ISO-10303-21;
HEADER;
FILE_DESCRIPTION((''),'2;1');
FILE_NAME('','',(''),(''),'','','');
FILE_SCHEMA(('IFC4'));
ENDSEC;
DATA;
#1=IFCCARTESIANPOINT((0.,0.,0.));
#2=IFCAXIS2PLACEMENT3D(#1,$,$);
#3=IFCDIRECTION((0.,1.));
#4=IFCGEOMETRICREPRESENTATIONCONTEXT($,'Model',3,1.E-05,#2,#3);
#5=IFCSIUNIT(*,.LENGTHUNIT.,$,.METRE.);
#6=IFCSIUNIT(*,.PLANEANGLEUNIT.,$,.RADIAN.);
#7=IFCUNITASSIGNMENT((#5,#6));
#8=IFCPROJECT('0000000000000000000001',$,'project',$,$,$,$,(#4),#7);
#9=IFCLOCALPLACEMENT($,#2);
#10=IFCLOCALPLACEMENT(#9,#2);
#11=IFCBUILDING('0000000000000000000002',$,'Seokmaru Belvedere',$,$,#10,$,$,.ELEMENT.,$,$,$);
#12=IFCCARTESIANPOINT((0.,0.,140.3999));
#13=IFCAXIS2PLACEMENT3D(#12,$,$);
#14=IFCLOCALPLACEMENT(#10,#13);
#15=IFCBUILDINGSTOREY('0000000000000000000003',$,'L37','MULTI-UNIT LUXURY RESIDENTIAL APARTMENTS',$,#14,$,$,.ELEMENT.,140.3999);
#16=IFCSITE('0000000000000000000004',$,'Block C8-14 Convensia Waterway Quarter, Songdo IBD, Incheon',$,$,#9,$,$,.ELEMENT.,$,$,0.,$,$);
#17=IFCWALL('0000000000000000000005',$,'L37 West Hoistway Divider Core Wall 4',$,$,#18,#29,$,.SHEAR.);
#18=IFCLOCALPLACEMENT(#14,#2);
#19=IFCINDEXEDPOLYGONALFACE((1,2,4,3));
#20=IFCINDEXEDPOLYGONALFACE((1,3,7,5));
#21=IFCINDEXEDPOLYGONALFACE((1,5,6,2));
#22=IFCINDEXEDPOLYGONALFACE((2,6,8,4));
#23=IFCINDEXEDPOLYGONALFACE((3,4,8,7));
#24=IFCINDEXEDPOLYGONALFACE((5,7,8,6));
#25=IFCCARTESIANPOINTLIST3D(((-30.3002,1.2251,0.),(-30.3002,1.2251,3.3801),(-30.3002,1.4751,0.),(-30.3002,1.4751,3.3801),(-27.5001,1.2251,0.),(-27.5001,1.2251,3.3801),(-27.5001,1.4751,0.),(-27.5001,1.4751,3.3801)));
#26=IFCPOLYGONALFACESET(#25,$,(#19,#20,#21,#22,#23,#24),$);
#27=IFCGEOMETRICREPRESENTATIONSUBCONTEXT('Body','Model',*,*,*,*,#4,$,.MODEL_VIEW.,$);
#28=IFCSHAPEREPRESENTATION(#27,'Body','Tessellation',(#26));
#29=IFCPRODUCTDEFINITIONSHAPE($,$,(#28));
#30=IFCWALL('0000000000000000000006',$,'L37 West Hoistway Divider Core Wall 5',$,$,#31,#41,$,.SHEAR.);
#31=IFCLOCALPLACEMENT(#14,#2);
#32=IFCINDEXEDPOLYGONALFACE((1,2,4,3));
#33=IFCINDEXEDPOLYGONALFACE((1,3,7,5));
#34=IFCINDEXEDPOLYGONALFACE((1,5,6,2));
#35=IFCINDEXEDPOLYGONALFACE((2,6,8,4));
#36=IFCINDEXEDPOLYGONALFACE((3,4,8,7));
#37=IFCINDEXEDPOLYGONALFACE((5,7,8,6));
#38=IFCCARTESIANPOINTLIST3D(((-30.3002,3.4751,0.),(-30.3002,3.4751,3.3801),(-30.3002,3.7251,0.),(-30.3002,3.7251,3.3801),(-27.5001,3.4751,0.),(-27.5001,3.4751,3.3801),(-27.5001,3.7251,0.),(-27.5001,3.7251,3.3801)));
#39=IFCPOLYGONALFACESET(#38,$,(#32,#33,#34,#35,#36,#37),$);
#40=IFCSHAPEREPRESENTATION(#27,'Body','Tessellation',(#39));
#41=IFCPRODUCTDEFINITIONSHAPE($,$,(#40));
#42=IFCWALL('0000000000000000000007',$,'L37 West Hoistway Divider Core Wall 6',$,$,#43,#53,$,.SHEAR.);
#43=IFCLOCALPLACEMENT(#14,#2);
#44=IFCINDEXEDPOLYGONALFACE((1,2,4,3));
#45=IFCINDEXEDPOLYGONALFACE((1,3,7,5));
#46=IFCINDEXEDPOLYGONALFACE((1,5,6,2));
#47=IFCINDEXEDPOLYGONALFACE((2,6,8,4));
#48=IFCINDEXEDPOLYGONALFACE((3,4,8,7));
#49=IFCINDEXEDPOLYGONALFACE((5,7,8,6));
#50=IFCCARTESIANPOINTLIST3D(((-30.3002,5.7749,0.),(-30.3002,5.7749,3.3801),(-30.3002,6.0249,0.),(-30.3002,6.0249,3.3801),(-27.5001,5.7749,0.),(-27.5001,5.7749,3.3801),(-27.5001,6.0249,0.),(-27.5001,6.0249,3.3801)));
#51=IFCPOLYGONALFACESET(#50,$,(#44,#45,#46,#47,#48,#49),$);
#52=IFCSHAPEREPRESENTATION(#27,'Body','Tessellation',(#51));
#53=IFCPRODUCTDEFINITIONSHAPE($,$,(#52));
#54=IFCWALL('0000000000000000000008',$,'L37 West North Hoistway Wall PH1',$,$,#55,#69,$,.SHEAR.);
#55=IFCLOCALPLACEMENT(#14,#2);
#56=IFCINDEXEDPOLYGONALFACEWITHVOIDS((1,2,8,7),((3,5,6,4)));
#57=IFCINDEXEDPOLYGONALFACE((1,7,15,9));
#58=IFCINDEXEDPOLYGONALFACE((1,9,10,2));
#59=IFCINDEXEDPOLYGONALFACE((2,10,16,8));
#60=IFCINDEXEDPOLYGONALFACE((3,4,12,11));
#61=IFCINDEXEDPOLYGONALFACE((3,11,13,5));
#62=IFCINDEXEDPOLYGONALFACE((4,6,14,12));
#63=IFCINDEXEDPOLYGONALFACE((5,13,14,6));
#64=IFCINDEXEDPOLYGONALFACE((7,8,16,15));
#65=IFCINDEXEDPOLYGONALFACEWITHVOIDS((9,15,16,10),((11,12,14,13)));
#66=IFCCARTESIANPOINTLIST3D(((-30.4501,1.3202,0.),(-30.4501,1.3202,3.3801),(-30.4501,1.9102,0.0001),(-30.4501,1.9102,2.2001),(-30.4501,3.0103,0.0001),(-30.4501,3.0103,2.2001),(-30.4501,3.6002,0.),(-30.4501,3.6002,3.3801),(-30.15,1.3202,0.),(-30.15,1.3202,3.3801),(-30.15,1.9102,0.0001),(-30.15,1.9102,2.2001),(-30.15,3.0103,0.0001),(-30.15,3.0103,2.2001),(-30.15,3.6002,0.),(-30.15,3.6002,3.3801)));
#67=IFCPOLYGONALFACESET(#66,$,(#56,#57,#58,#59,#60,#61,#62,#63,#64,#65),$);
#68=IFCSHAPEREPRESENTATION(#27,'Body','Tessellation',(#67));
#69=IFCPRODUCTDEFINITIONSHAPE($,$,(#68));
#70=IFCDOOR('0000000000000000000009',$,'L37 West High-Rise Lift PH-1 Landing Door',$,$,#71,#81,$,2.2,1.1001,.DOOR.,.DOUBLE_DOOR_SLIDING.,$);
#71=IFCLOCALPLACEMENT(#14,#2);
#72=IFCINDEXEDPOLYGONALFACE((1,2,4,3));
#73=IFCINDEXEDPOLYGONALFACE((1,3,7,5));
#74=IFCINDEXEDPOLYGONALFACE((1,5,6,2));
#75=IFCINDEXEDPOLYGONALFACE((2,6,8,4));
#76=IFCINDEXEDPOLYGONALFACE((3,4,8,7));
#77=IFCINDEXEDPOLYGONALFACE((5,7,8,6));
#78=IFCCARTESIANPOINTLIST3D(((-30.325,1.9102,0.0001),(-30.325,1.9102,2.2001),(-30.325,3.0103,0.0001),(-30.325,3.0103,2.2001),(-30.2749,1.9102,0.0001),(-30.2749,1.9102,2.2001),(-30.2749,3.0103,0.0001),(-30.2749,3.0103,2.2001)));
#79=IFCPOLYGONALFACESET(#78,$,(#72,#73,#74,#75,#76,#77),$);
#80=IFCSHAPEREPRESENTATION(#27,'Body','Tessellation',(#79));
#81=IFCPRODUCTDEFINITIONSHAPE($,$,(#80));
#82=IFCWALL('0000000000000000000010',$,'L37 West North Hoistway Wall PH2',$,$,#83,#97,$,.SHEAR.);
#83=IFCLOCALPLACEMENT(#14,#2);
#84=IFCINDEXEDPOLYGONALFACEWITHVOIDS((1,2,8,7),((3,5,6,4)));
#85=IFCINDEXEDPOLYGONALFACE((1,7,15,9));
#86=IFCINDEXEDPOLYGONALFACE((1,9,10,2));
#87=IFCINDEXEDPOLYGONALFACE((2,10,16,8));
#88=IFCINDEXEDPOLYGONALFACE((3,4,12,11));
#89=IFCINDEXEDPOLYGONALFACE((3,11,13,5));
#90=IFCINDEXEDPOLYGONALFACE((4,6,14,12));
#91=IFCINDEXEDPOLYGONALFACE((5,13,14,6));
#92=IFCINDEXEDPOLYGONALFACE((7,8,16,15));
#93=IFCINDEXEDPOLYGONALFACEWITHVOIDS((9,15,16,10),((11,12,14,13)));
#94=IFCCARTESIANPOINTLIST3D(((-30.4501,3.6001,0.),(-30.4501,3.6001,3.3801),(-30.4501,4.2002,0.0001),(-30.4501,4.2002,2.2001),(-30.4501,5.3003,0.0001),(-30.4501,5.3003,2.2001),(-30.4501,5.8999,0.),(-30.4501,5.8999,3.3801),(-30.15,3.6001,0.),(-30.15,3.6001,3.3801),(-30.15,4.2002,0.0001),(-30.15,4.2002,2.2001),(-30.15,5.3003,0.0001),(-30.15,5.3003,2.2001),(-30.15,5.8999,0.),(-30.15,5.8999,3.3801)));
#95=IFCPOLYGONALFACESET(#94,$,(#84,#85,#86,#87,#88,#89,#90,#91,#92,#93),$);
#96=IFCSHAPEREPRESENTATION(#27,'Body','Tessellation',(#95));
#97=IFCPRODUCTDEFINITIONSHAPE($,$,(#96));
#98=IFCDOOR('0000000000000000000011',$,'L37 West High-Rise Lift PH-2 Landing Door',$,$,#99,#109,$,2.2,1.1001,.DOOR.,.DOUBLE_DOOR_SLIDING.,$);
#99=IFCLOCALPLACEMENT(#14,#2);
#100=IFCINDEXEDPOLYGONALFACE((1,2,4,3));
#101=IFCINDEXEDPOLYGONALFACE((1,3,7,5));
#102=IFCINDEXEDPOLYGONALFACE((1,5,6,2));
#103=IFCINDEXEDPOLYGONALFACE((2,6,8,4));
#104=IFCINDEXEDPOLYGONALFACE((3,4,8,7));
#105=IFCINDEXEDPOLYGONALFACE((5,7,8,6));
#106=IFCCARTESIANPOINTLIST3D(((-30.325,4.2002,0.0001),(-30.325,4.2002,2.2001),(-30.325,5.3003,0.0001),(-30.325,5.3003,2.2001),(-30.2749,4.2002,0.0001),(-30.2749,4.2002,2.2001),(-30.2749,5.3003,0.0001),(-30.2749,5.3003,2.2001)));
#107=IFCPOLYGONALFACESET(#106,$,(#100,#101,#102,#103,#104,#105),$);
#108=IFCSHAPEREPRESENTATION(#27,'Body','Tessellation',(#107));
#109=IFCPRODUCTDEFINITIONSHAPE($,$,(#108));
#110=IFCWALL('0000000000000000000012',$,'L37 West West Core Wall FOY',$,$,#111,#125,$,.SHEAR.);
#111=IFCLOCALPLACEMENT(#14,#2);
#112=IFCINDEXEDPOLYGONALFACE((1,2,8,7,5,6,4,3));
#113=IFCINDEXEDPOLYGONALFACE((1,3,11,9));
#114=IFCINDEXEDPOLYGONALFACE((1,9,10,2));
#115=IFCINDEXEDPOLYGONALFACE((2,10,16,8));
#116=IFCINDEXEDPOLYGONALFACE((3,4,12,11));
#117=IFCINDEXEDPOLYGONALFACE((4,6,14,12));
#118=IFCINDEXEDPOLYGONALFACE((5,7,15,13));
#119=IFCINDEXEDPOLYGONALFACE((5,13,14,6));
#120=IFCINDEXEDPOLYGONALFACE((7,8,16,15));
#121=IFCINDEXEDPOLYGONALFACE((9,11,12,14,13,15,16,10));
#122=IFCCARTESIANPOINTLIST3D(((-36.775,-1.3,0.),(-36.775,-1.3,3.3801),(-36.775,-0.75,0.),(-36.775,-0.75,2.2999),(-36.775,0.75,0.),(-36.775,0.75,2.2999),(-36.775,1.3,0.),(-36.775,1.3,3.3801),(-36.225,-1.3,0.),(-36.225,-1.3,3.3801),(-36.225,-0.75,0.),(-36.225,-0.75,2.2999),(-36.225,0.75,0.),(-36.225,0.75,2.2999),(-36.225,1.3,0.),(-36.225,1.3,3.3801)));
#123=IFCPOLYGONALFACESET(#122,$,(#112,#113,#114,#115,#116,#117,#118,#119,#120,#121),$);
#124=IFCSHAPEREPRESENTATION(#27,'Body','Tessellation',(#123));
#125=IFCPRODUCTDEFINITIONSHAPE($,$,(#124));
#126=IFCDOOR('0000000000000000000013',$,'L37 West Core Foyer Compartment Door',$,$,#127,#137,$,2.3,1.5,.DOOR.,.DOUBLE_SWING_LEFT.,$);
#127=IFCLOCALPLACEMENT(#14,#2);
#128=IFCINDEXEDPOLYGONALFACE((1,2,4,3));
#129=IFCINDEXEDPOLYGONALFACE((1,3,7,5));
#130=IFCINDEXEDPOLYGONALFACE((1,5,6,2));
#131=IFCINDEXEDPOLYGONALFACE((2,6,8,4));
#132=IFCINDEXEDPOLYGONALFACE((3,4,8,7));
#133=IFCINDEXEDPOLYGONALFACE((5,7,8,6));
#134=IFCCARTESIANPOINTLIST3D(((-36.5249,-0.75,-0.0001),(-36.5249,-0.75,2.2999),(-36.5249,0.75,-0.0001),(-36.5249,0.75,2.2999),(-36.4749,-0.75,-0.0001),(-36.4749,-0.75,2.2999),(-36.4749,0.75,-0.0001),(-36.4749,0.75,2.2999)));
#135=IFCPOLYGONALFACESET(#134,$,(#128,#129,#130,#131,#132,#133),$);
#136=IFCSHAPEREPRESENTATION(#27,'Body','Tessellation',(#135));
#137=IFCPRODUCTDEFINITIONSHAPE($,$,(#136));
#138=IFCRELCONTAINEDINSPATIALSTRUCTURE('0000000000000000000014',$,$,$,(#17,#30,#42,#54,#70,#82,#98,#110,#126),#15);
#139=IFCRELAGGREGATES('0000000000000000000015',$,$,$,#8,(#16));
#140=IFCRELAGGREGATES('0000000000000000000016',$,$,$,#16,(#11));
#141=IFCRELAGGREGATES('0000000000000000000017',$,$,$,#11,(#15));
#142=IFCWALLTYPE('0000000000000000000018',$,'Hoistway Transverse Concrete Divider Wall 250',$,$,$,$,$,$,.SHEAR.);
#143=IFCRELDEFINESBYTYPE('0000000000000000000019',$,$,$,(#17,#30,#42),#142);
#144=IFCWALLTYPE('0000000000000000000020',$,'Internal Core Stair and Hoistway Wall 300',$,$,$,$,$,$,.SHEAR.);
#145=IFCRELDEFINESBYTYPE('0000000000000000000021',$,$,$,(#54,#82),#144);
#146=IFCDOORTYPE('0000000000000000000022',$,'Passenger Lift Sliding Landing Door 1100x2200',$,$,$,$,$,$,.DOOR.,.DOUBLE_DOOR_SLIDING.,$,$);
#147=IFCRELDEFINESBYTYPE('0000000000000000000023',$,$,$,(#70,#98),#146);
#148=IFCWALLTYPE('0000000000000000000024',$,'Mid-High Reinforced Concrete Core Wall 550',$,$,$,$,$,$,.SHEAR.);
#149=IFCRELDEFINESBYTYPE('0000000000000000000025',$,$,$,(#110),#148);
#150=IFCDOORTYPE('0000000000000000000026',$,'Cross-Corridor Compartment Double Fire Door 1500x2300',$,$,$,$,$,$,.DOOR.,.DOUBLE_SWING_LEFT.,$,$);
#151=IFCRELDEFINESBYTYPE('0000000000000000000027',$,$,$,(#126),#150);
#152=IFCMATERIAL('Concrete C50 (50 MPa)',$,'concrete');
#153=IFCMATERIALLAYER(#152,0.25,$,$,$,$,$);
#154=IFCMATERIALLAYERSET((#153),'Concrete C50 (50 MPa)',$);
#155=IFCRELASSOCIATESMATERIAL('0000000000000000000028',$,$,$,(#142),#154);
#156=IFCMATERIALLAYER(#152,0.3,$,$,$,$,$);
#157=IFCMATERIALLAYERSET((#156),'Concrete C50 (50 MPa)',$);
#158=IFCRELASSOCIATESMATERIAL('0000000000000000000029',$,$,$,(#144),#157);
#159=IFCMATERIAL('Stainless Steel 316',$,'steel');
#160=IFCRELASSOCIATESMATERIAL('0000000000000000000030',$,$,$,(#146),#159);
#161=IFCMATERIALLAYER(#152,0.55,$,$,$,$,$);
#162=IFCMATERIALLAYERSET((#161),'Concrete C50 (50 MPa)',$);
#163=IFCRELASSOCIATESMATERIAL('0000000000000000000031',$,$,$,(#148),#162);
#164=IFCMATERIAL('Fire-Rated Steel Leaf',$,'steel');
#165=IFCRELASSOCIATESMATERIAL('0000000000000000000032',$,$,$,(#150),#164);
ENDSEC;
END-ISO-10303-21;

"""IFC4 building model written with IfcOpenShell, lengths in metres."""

from ifc_helpers import new_model, si_unit, direction, frame, frame_2d, origin, place, context, subcontext, project, spatial, rectangle, extrude, source, transform, mapped, material, layer, layer_set, type_object, type_shapes, element, fill, save


model = new_model("IFC4")

# Units and contexts
model_context = context("Model", 3, precision=1e-05, world=origin(), true_north=direction((0.0, 1.0)))
body_context = subcontext(model_context, "Body", "Model", "MODEL_VIEW")
ifc_project = project(units=[si_unit("LENGTHUNIT", "METRE"), si_unit("PLANEANGLEUNIT", "RADIAN")], contexts=[model_context])

# Site, building, storey
site_placement = place(None, origin())
site = spatial("IfcSite", under=ifc_project, at=site_placement, Name="Block C8-14 Convensia Waterway Quarter, Songdo IBD, Incheon", CompositionType="ELEMENT", RefElevation=0.0)
building_placement = place(site_placement, origin())
building = spatial("IfcBuilding", under=site, at=building_placement, Name="Seokmaru Belvedere", CompositionType="ELEMENT")
storey_placement = place(building_placement, frame((0.0, 0.0, 140.3999)))
storey = spatial("IfcBuildingStorey", under=building, at=storey_placement, Name="L37", Description="MULTI-UNIT LUXURY RESIDENTIAL APARTMENTS", CompositionType="ELEMENT", Elevation=140.3999)

# Shared definitions
ifc_material_1 = material(Name="Fire-Rated Steel Leaf", Category="steel")

# Walls
ifc_material_2 = material(Name="Concrete C50 (50 MPa)", Category="concrete")
ifc_layer_1 = layer(ifc_material_2, 0.25)
ifc_layer_set_1 = layer_set([ifc_layer_1], Name="Concrete C50 (50 MPa)")
wall_type_1 = type_object("IfcWallType", Name="Hoistway Transverse Concrete Divider Wall 250", PredefinedType="SHEAR", material=ifc_layer_set_1)
for number, where, z_axis, x_axis, name in (
    (1, (-30.3, 1.3501, 0.0), (0.0, 0.0, 1.0), (1.0, 0.0, 0.0), "L37 West Hoistway Divider Core Wall 4"),
    (2, (-30.3, 3.6001, 0.0), (0.0, 0.0, 1.0), (1.0, 0.0, 0.0), "L37 West Hoistway Divider Core Wall 5"),
    (3, (-30.3, 5.8999, 0.0), (0.0, 0.0, 1.0), (1.0, 0.0, 0.0), "L37 West Hoistway Divider Core Wall 6"),
):
    element("IfcWall", number, at=place(storey_placement, frame(where, z_axis=z_axis, x_axis=x_axis)), inside=storey, type_object=wall_type_1, Name=name, PredefinedType="SHEAR", context=body_context, shape_type="SweptSolid", body=[
        extrude(rectangle(XDim=2.8, YDim=0.25, at=frame_2d((1.3999, 0.0))), origin(), (0.0, 0.0, 1.0), 3.3801),
    ])

# Walls, openings, doors
ifc_layer_2 = layer(ifc_material_2, 0.3)
ifc_layer_set_2 = layer_set([ifc_layer_2], Name="Concrete C50 (50 MPa)")
wall_type_2 = type_object("IfcWallType", Name="Internal Core Stair and Hoistway Wall 300", PredefinedType="SHEAR", material=ifc_layer_set_2)
wall_1_placement = place(storey_placement, frame((-30.3, 1.3201, 0.0), z_axis=(0.0, 0.0, 1.0), x_axis=(0.0, 1.0, 0.0)))
wall_1 = element("IfcWall", 4, at=wall_1_placement, inside=storey, type_object=wall_type_2, Name="L37 West North Hoistway Wall PH1", PredefinedType="SHEAR", context=body_context, shape_type="SweptSolid", body=[
    extrude(rectangle(XDim=2.28, YDim=0.3, at=frame_2d((1.1401, 0.0))), origin(), (0.0, 0.0, 1.0), 3.3801),
])
opening_1_placement = place(wall_1_placement, frame((0.5901, 0.0, 0.0)))
opening_1 = element("IfcOpeningElement", 5, at=opening_1_placement, cuts=wall_1, PredefinedType="OPENING", context=body_context, shape_type="SweptSolid", body=[
    extrude(rectangle(XDim=1.1001, YDim=2.2, at=frame_2d((0.55, 1.1001))), frame((0.0, 0.1602, 0.0), z_axis=(0.0, -1.0, 0.0), x_axis=(1.0, 0.0, 0.0)), (0.0, 0.0, 1.0), 0.3201),
])
ifc_material_3 = material(Name="Stainless Steel 316", Category="steel")
door_type_1 = type_object("IfcDoorType", Name="Passenger Lift Sliding Landing Door 1100x2200", OperationType="DOUBLE_DOOR_SLIDING", PredefinedType="DOOR", material=ifc_material_3)
shared_shape_1 = source(origin(), body_context, "Body", "SweptSolid", [
    extrude(rectangle(XDim=1.1001, YDim=2.2, at=frame_2d((0.55, 1.1001))), frame((0.0, 0.0249, 0.0), z_axis=(0.0, -1.0, 0.0), x_axis=(1.0, 0.0, 0.0)), (0.0, 0.0, 1.0), 0.05),
])
type_shapes(door_type_1, [shared_shape_1])
door_1_placement = place(opening_1_placement, origin())
door_1 = element("IfcDoor", 6, at=door_1_placement, inside=storey, type_object=door_type_1, Name="L37 West High-Rise Lift PH-1 Landing Door", OperationType="DOUBLE_DOOR_SLIDING", OverallHeight=2.2, OverallWidth=1.1001, PredefinedType="DOOR", context=body_context, shape_type="MappedRepresentation", body=[
    mapped(shared_shape_1, transform((0.0, 0.0, 0.0), scale=1.0)),
])
fill(opening_1, door_1)
wall_2_placement = place(storey_placement, frame((-30.3, 3.6001, 0.0), z_axis=(0.0, 0.0, 1.0), x_axis=(0.0, 1.0, 0.0)))
wall_2 = element("IfcWall", 7, at=wall_2_placement, inside=storey, type_object=wall_type_2, Name="L37 West North Hoistway Wall PH2", PredefinedType="SHEAR", context=body_context, shape_type="SweptSolid", body=[
    extrude(rectangle(XDim=2.2998, YDim=0.3, at=frame_2d((1.1499, 0.0))), origin(), (0.0, 0.0, 1.0), 3.3801),
])
opening_2_placement = place(wall_2_placement, frame((0.6001, 0.0, 0.0)))
opening_2 = element("IfcOpeningElement", 8, at=opening_2_placement, cuts=wall_2, PredefinedType="OPENING", context=body_context, shape_type="SweptSolid", body=[
    extrude(rectangle(XDim=1.1001, YDim=2.2, at=frame_2d((0.55, 1.1001))), frame((0.0, 0.1602, 0.0), z_axis=(0.0, -1.0, 0.0), x_axis=(1.0, 0.0, 0.0)), (0.0, 0.0, 1.0), 0.3201),
])
door_2_placement = place(opening_2_placement, origin())
door_2 = element("IfcDoor", 9, at=door_2_placement, inside=storey, type_object=door_type_1, Name="L37 West High-Rise Lift PH-2 Landing Door", OperationType="DOUBLE_DOOR_SLIDING", OverallHeight=2.2, OverallWidth=1.1001, PredefinedType="DOOR", context=body_context, shape_type="MappedRepresentation", body=[
    mapped(shared_shape_1, transform((0.0, 0.0, 0.0), scale=1.0)),
])
fill(opening_2, door_2)
ifc_layer_3 = layer(ifc_material_2, 0.55)
ifc_layer_set_3 = layer_set([ifc_layer_3], Name="Concrete C50 (50 MPa)")
wall_type_3 = type_object("IfcWallType", Name="Mid-High Reinforced Concrete Core Wall 550", PredefinedType="SHEAR", material=ifc_layer_set_3)
wall_3_placement = place(storey_placement, frame((-36.5, -1.3, 0.0), z_axis=(0.0, 0.0, 1.0), x_axis=(0.0, 1.0, 0.0)))
wall_3 = element("IfcWall", 10, at=wall_3_placement, inside=storey, type_object=wall_type_3, Name="L37 West West Core Wall FOY", PredefinedType="SHEAR", context=body_context, shape_type="SweptSolid", body=[
    extrude(rectangle(XDim=2.6001, YDim=0.55, at=frame_2d((1.3, 0.0))), origin(), (0.0, 0.0, 1.0), 3.3801),
])
opening_3_placement = place(wall_3_placement, frame((0.55, 0.0, 0.0)))
opening_3 = element("IfcOpeningElement", 11, at=opening_3_placement, cuts=wall_3, PredefinedType="OPENING", context=body_context, shape_type="SweptSolid", body=[
    extrude(rectangle(XDim=1.5, YDim=2.3, at=frame_2d((0.75, 1.1499))), frame((0.0, 0.2852, 0.0), z_axis=(0.0, -1.0, 0.0), x_axis=(1.0, 0.0, 0.0)), (0.0, 0.0, 1.0), 0.5701),
])
door_type_2 = type_object("IfcDoorType", Name="Cross-Corridor Compartment Double Fire Door 1500x2300", OperationType="DOUBLE_SWING_LEFT", PredefinedType="DOOR", material=ifc_material_1)
shared_shape_2 = source(origin(), body_context, "Body", "SweptSolid", [
    extrude(rectangle(XDim=1.5, YDim=2.3, at=frame_2d((0.75, 1.1499))), frame((0.0, 0.0249, 0.0), z_axis=(0.0, -1.0, 0.0), x_axis=(1.0, 0.0, 0.0)), (0.0, 0.0, 1.0), 0.05),
])
type_shapes(door_type_2, [shared_shape_2])
door_3_placement = place(opening_3_placement, origin())
door_3 = element("IfcDoor", 12, at=door_3_placement, inside=storey, type_object=door_type_2, Name="L37 West Core Foyer Compartment Door", OperationType="DOUBLE_SWING_LEFT", OverallHeight=2.3, OverallWidth=1.5, PredefinedType="DOOR", context=body_context, shape_type="MappedRepresentation", body=[
    mapped(shared_shape_2, transform((0.0, 0.0, 0.0), scale=1.0)),
])
fill(opening_3, door_3)

save(model, "model.ifc")
